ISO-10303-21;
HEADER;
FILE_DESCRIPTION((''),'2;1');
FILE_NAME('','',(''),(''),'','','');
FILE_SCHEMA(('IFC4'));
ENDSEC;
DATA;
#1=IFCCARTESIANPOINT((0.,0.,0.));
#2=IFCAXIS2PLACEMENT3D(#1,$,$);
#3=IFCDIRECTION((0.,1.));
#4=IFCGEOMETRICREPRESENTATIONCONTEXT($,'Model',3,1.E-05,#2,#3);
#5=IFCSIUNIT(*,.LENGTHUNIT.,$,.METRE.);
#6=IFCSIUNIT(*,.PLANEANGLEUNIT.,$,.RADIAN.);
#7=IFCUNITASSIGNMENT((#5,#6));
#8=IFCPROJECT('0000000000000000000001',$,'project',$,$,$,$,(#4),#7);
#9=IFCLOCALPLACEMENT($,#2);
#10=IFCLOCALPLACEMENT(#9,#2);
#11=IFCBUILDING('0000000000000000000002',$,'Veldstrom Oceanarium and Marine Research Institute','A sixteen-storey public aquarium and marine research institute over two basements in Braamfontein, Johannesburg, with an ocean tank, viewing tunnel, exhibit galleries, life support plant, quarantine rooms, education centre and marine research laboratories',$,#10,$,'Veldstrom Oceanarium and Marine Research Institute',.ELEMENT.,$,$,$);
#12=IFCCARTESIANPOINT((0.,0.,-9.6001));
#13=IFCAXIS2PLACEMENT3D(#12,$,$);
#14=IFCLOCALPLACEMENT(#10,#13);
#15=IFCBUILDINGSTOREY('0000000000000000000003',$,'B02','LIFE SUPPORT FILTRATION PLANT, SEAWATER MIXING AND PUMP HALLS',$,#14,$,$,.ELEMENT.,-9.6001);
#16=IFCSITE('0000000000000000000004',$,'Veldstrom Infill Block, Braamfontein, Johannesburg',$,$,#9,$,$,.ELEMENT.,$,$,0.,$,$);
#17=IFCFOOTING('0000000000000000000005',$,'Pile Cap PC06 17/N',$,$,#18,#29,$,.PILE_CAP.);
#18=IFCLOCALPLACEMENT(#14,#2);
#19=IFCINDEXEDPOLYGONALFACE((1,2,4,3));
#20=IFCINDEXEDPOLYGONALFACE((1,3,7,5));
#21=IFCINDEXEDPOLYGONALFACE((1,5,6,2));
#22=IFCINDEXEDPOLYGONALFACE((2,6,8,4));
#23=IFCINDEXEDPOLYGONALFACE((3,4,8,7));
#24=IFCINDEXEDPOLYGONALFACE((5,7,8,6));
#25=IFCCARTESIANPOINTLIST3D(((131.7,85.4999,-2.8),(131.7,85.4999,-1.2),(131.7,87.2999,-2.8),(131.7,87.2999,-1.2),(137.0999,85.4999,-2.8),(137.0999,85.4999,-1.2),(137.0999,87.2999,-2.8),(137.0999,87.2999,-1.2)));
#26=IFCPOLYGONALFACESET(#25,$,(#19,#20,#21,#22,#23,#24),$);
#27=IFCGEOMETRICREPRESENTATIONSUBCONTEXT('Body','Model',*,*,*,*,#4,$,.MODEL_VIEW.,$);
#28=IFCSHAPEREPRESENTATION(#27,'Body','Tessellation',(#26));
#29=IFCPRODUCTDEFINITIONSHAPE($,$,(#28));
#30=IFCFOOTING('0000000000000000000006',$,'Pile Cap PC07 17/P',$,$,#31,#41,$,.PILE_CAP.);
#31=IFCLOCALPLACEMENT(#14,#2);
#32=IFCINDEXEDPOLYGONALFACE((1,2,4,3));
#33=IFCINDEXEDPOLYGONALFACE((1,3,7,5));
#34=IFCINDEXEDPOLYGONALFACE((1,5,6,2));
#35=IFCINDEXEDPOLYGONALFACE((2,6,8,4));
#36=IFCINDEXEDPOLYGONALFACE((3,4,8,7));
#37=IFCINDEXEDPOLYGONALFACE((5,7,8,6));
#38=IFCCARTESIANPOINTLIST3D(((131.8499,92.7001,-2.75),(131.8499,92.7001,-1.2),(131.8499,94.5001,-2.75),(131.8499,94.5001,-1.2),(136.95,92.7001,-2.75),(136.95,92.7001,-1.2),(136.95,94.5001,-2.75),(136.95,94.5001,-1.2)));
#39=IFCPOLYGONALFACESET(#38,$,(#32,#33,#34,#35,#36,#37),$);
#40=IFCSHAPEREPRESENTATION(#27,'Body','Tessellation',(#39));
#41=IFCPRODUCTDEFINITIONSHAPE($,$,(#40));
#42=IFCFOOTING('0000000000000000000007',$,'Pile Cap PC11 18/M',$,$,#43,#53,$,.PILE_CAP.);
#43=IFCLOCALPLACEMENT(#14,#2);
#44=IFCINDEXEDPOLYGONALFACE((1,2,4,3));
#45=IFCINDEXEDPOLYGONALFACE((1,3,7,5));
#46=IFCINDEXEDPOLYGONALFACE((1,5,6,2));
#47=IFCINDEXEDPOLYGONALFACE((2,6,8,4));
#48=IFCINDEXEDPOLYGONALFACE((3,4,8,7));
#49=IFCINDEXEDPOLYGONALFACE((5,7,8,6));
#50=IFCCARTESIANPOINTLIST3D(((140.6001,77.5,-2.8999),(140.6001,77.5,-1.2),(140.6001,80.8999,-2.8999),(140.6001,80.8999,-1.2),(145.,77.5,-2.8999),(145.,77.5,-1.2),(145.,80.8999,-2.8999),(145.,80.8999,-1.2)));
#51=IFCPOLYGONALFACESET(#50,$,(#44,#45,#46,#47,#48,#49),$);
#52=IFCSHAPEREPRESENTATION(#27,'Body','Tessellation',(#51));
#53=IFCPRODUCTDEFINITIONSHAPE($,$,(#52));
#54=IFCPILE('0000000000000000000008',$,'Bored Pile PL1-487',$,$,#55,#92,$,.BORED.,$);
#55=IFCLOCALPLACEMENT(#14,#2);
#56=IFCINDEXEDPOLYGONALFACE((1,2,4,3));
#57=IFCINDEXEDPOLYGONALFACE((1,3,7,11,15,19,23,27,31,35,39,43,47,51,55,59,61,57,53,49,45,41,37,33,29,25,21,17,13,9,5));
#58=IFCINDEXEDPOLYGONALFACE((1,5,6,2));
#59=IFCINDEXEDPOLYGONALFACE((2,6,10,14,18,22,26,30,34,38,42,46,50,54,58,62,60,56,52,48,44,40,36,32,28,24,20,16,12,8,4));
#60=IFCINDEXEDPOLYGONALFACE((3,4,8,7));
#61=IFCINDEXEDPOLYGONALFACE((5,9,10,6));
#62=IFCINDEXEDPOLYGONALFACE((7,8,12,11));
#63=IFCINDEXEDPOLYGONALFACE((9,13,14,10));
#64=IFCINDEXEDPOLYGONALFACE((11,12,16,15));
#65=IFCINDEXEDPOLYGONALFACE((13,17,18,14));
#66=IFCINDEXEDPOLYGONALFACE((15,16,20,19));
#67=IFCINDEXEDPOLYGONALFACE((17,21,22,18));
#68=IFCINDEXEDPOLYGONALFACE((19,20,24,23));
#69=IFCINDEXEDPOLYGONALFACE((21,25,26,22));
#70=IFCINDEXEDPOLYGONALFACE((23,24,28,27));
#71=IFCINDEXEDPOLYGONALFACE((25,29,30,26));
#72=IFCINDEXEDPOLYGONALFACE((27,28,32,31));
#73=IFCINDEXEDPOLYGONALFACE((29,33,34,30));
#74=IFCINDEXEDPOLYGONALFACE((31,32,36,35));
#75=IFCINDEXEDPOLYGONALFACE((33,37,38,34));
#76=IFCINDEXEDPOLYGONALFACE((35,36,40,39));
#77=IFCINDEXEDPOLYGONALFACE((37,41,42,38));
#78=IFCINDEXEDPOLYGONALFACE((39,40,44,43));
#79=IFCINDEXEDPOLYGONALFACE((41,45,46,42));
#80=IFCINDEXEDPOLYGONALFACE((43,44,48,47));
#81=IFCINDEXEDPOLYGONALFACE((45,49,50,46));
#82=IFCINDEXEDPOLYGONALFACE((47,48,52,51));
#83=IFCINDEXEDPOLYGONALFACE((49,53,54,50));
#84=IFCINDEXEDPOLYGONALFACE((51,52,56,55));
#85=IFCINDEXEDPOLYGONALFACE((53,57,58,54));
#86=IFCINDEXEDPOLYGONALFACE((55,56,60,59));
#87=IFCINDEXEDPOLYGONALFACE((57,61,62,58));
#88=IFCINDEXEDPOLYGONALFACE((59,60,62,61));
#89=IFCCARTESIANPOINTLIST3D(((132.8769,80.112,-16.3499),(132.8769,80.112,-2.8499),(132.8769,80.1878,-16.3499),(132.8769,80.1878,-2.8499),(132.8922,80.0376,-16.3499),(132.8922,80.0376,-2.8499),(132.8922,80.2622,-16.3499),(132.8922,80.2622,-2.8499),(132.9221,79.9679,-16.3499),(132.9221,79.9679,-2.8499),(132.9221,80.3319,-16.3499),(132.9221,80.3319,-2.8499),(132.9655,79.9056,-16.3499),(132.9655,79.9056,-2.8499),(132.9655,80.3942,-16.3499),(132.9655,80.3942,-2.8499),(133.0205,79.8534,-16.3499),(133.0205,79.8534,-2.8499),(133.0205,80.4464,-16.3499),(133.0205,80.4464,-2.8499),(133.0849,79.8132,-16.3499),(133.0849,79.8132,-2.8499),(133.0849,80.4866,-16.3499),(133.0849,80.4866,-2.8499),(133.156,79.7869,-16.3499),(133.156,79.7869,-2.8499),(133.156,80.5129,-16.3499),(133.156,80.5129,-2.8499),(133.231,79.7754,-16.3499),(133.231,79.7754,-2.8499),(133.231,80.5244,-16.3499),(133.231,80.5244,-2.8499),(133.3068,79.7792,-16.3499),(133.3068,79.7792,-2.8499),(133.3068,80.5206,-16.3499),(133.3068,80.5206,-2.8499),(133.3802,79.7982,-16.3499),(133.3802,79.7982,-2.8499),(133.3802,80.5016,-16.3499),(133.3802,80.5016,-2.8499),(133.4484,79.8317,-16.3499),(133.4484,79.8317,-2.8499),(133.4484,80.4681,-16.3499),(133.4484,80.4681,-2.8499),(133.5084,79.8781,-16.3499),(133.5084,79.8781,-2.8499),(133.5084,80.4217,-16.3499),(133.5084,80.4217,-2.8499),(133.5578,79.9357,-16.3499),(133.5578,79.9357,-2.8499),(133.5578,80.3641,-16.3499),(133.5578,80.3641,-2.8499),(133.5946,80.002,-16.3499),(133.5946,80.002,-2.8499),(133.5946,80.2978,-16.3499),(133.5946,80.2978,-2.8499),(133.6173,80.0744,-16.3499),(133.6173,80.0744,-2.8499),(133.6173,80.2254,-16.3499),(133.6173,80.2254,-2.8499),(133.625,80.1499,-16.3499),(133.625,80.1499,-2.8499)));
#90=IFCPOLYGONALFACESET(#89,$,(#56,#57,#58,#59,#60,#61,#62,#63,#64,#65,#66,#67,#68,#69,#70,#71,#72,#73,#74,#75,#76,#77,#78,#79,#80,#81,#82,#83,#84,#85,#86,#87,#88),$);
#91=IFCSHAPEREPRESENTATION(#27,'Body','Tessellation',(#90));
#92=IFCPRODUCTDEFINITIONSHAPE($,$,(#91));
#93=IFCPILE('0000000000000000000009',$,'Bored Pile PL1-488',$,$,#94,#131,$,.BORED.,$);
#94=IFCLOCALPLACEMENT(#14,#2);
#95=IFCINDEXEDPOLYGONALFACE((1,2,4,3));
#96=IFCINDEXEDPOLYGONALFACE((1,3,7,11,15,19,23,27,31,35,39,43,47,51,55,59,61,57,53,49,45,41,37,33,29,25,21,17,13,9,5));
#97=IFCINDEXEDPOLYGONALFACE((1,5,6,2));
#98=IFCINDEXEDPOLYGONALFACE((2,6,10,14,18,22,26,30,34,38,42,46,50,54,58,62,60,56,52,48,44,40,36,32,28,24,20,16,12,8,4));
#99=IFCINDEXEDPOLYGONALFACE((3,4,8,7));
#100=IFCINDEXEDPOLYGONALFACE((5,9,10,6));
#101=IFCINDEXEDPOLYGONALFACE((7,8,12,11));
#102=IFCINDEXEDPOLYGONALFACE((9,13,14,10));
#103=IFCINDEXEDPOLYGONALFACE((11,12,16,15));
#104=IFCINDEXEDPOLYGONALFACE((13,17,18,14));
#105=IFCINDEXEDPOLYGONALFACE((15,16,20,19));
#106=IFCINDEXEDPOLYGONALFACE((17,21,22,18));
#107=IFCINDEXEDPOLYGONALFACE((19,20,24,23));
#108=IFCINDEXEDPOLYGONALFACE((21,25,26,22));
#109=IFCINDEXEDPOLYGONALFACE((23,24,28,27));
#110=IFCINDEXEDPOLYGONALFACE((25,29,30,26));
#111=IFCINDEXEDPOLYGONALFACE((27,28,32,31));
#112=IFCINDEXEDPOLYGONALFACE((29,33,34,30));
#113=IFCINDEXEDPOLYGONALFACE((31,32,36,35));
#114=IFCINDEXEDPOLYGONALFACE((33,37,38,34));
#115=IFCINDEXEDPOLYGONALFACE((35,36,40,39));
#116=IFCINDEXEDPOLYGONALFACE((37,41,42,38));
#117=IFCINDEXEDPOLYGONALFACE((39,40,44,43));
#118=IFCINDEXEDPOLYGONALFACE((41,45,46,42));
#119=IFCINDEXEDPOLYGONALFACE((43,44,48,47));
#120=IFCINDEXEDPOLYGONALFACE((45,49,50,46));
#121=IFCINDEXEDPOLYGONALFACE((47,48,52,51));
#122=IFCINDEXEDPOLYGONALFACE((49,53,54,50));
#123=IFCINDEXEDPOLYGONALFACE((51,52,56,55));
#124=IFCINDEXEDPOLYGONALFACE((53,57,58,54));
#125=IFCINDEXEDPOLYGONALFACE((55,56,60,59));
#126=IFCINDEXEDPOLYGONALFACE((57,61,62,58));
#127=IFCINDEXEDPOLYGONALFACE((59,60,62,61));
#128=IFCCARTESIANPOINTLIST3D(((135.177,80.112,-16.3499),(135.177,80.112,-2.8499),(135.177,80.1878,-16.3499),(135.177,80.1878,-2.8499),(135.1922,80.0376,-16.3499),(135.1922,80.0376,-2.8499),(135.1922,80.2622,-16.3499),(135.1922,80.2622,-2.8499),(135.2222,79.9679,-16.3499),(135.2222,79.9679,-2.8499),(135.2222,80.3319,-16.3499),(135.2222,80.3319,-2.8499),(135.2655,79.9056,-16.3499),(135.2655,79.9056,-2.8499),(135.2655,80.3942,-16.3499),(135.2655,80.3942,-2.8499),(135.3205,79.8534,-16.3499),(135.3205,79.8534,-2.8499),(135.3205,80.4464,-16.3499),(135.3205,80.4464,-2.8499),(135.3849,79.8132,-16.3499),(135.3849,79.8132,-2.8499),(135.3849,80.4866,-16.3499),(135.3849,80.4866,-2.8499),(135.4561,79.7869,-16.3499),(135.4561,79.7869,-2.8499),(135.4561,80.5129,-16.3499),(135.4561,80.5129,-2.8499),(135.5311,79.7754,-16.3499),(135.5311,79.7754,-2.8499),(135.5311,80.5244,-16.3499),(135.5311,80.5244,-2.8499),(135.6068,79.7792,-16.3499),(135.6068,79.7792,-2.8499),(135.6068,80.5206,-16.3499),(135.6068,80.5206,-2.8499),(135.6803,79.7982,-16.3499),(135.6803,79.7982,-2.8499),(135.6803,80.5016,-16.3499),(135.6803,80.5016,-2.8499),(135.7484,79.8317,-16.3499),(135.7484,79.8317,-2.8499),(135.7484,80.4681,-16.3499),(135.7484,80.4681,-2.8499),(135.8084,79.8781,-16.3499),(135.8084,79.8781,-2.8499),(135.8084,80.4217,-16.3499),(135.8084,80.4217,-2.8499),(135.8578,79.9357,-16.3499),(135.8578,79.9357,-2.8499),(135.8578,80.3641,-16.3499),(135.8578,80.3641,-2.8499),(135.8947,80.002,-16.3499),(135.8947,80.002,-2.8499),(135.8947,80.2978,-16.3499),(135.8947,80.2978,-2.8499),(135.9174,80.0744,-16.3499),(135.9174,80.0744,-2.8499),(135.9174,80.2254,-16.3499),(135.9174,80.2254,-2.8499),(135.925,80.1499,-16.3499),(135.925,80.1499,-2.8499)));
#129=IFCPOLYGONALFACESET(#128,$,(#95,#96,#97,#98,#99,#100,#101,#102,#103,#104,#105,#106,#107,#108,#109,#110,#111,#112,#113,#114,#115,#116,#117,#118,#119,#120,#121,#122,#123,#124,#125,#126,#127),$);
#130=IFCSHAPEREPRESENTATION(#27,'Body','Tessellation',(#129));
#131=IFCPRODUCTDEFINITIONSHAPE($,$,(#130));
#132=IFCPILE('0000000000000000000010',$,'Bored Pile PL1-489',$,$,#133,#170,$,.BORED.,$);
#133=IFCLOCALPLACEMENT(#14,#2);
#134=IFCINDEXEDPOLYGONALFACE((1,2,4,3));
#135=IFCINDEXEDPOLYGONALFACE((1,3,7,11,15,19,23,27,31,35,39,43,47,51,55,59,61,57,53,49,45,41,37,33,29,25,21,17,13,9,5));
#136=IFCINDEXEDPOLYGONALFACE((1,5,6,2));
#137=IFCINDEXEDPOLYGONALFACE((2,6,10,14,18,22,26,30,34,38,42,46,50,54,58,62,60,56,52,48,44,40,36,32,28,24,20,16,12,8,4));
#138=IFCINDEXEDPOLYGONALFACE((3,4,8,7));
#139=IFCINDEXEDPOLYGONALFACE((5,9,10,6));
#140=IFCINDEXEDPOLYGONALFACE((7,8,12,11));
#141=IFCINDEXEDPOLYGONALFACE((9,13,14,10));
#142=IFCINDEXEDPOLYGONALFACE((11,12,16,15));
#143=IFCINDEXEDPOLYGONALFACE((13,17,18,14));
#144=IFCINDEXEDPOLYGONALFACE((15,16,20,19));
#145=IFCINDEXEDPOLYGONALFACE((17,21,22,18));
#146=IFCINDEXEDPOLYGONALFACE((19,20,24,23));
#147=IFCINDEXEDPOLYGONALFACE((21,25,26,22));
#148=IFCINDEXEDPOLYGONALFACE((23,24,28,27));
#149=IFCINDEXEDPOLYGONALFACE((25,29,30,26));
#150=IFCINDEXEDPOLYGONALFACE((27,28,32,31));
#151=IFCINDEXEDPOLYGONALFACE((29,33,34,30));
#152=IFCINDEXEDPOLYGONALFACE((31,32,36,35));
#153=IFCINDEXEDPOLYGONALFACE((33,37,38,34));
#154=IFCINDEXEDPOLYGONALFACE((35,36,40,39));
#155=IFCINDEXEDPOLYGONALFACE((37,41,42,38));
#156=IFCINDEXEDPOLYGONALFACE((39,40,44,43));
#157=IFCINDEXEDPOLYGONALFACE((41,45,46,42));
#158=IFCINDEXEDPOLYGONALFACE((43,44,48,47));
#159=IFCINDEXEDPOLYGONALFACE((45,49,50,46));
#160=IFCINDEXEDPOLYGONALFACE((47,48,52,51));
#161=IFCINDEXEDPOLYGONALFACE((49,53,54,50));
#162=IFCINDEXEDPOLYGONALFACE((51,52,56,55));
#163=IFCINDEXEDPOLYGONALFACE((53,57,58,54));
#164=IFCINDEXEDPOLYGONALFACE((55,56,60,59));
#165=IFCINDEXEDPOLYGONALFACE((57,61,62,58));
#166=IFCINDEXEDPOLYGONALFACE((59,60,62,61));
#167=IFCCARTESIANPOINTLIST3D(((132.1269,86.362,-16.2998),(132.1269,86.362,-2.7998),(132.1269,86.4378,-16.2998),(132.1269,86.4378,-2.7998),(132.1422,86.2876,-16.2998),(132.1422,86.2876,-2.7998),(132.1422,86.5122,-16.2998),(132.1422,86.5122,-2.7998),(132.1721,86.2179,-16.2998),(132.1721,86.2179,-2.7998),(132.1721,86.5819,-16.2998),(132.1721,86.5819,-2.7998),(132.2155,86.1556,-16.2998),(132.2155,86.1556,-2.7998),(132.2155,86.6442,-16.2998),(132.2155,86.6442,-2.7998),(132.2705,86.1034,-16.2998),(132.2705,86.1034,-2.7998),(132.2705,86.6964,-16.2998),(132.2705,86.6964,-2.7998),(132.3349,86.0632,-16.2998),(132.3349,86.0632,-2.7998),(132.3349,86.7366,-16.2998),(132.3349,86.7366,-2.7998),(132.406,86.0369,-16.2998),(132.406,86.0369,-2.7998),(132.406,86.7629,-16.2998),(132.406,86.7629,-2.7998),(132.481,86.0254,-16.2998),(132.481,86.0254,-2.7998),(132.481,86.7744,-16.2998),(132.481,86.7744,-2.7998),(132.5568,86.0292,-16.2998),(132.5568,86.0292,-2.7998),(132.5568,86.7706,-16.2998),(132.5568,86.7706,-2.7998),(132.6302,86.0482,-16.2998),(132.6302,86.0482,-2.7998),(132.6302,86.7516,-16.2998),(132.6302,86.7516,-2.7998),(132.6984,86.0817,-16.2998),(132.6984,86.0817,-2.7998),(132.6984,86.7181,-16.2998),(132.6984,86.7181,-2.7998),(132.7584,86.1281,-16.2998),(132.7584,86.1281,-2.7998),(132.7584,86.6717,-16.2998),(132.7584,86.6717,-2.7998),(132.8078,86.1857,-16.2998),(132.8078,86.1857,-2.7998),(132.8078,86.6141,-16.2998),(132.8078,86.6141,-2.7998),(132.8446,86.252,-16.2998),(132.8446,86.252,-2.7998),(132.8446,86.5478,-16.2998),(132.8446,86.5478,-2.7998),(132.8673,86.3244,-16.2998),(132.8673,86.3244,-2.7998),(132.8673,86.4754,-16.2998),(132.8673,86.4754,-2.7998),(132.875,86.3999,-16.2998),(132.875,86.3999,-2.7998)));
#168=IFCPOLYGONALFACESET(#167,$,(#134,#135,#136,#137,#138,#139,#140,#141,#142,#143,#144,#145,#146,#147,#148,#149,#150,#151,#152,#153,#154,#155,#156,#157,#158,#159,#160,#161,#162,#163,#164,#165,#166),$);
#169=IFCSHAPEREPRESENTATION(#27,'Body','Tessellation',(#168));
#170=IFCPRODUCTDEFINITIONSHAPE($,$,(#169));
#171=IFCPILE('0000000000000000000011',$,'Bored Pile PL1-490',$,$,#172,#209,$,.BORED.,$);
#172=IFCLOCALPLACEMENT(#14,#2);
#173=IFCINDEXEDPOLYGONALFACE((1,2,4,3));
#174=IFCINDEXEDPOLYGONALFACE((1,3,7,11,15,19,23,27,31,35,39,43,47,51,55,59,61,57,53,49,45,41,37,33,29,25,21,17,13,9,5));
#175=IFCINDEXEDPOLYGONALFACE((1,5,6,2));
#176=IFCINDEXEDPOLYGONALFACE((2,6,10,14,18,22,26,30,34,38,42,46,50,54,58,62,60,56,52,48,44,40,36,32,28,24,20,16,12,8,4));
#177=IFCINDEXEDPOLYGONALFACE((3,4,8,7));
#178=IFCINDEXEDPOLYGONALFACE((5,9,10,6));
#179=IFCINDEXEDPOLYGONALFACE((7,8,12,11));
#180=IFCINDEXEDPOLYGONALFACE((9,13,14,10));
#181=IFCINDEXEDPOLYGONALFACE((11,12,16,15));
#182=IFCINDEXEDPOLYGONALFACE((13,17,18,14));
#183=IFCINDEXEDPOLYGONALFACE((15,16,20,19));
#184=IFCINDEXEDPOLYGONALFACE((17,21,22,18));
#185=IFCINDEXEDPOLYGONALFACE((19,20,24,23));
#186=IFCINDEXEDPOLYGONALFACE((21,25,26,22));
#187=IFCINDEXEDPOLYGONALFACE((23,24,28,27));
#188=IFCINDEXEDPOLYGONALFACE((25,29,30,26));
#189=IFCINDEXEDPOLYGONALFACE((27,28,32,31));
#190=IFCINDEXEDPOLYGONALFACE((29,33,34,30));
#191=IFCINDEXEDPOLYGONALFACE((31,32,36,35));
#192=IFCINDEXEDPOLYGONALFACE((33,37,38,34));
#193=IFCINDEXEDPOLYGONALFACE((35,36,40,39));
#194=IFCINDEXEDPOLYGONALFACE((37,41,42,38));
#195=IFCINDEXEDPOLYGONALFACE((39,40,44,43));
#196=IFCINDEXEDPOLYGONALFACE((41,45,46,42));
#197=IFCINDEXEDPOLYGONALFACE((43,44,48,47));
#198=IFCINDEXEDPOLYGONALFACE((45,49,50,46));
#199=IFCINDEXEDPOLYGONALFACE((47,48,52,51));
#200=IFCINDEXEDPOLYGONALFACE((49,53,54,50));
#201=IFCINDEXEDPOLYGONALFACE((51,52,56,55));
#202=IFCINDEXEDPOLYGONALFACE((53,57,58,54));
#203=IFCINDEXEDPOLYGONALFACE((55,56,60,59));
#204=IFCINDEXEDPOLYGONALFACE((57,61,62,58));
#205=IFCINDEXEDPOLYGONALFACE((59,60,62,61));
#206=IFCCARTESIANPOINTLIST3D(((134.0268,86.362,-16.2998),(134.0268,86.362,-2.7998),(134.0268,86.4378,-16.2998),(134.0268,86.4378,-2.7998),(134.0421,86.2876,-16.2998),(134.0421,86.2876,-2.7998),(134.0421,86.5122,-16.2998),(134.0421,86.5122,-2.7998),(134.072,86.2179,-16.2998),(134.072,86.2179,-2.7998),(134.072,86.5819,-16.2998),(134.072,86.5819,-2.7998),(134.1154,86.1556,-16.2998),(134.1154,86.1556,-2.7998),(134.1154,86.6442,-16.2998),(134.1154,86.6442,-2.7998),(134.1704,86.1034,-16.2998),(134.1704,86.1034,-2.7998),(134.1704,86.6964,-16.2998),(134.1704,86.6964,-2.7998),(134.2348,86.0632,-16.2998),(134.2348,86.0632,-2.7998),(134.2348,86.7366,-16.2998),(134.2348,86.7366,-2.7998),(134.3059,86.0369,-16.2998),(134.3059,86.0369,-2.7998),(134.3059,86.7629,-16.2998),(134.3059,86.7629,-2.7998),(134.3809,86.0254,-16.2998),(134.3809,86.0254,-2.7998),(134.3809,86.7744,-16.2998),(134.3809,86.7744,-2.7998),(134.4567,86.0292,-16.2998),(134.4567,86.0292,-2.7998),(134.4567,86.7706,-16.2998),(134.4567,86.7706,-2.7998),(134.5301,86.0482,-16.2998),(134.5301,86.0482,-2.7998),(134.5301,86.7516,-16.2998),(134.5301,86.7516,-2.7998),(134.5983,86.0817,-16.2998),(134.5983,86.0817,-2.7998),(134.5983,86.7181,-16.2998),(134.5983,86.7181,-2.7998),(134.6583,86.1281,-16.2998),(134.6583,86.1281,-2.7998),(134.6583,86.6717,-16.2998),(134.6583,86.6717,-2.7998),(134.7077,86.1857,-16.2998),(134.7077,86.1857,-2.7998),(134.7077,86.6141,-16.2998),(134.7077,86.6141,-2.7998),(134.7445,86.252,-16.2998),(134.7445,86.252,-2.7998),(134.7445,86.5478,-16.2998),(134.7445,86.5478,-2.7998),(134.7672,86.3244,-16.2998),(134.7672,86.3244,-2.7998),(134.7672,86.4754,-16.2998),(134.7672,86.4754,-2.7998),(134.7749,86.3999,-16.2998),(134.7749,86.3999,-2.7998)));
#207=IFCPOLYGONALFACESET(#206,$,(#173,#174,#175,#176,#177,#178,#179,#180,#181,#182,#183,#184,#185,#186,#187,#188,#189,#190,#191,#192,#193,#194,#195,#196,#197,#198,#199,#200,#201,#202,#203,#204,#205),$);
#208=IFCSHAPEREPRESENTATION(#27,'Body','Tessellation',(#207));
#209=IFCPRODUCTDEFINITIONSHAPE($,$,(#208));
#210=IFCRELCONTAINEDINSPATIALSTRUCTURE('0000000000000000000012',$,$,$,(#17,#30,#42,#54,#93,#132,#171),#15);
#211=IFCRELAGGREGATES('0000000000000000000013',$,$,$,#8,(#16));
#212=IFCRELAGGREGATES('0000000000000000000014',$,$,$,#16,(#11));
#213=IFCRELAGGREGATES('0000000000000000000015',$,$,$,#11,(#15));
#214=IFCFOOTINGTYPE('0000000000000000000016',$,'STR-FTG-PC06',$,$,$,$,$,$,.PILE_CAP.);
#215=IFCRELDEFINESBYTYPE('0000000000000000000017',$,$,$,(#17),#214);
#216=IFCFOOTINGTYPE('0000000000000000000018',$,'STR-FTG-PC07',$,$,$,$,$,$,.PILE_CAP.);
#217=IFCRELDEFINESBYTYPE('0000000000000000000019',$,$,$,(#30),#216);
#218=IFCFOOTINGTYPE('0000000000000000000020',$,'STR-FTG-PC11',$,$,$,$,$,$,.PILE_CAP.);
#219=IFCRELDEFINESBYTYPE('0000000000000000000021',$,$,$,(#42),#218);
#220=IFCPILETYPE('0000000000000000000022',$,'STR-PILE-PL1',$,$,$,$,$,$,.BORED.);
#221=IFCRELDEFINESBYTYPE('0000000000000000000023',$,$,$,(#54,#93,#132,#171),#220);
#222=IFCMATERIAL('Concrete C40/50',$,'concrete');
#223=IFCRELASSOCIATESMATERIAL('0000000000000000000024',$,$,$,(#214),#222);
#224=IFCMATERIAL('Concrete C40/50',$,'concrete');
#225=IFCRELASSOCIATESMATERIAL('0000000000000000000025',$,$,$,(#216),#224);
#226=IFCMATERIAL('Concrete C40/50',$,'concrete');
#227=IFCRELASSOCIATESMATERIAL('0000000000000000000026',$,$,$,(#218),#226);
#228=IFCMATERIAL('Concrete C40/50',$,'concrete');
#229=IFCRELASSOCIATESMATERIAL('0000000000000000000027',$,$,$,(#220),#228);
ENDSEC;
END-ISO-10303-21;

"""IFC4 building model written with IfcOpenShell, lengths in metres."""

from ifc_helpers import new_model, si_unit, direction, frame, origin, origin_2d, place, context, subcontext, project, spatial, rectangle, circle, extrude, material, material_profile, profile_set, type_object, element, save


model = new_model("IFC4")

# Units and contexts
model_context = context("Model", 3, precision=1e-05, world=origin(), true_north=direction((0.0, 1.0)))
body_context = subcontext(model_context, "Body", "Model", "MODEL_VIEW")
ifc_project = project(units=[si_unit("LENGTHUNIT", "METRE"), si_unit("PLANEANGLEUNIT", "RADIAN")], contexts=[model_context])

# Site, building, storey
site_placement = place(None, origin())
site = spatial("IfcSite", under=ifc_project, at=site_placement, Name="Veldstrom Infill Block, Braamfontein, Johannesburg", CompositionType="ELEMENT", RefElevation=0.0)
building_placement = place(site_placement, origin())
building = spatial("IfcBuilding", under=site, at=building_placement, Name="Veldstrom Oceanarium and Marine Research Institute", Description="A sixteen-storey public aquarium and marine research institute over two basements in Braamfontein, Johannesburg, with an ocean tank, viewing tunnel, exhibit galleries, life support plant, quarantine rooms, education centre and marine research laboratories", LongName="Veldstrom Oceanarium and Marine Research Institute", CompositionType="ELEMENT")
storey_placement = place(building_placement, frame((0.0, 0.0, -9.6001)))
storey = spatial("IfcBuildingStorey", under=building, at=storey_placement, Name="B02", Description="LIFE SUPPORT FILTRATION PLANT, SEAWATER MIXING AND PUMP HALLS", CompositionType="ELEMENT", Elevation=-9.6001)

# Footings
ifc_material_1 = material(Name="Concrete C40/50", Category="concrete")
footing_type_1 = type_object("IfcFootingType", Name="STR-FTG-PC06", PredefinedType="PILE_CAP", material=ifc_material_1)
footing_1_placement = place(storey_placement, frame((134.3999, 86.3999, -2.8), z_axis=(0.0, 0.0, 1.0), x_axis=(1.0, 0.0, 0.0)))
element("IfcFooting", 1, at=footing_1_placement, inside=storey, type_object=footing_type_1, Name="Pile Cap PC06 17/N", PredefinedType="PILE_CAP", context=body_context, shape_type="SweptSolid", body=[
    extrude(rectangle(XDim=5.3999, YDim=1.8, at=origin_2d()), origin(), (0.0, 0.0, 1.0), 1.6001),
])
ifc_material_2 = material(Name="Concrete C40/50", Category="concrete")
footing_type_2 = type_object("IfcFootingType", Name="STR-FTG-PC07", PredefinedType="PILE_CAP", material=ifc_material_2)
footing_2_placement = place(storey_placement, frame((134.3999, 93.6001, -2.75), z_axis=(0.0, 0.0, 1.0), x_axis=(1.0, 0.0, 0.0)))
element("IfcFooting", 2, at=footing_2_placement, inside=storey, type_object=footing_type_2, Name="Pile Cap PC07 17/P", PredefinedType="PILE_CAP", context=body_context, shape_type="SweptSolid", body=[
    extrude(rectangle(XDim=5.1001, YDim=1.8, at=origin_2d()), origin(), (0.0, 0.0, 1.0), 1.55),
])
ifc_material_3 = material(Name="Concrete C40/50", Category="concrete")
footing_type_3 = type_object("IfcFootingType", Name="STR-FTG-PC11", PredefinedType="PILE_CAP", material=ifc_material_3)
footing_3_placement = place(storey_placement, frame((142.8, 79.2, -2.8999), z_axis=(0.0, 0.0, 1.0), x_axis=(1.0, 0.0, 0.0)))
element("IfcFooting", 3, at=footing_3_placement, inside=storey, type_object=footing_type_3, Name="Pile Cap PC11 18/M", PredefinedType="PILE_CAP", context=body_context, shape_type="SweptSolid", body=[
    extrude(rectangle(XDim=4.3999, YDim=3.3999, at=origin_2d()), origin(), (0.0, 0.0, 1.0), 1.7),
])

# Piles
ifc_material_4 = material(Name="Concrete C40/50", Category="concrete")
ifc_material_profile_1 = material_profile(ifc_material_4, circle(Radius=0.375, at=origin_2d()), Name="PILE-D750")
ifc_profile_set_1 = profile_set([ifc_material_profile_1], Name="Concrete C40/50")
pile_type = type_object("IfcPileType", Name="STR-PILE-PL1", PredefinedType="BORED", material=ifc_profile_set_1)
for number, where, z_axis, x_axis, name in (
    (4, (133.25, 80.1499, -2.8499), (0.0, 0.0, -1.0), (1.0, 0.0, 0.0), "Bored Pile PL1-487"),
    (5, (135.55, 80.1499, -2.8499), (0.0, 0.0, -1.0), (1.0, 0.0, 0.0), "Bored Pile PL1-488"),
    (6, (132.5, 86.3999, -2.7998), (0.0, 0.0, -1.0), (1.0, 0.0, 0.0), "Bored Pile PL1-489"),
    (7, (134.3999, 86.3999, -2.7998), (0.0, 0.0, -1.0), (1.0, 0.0, 0.0), "Bored Pile PL1-490"),
):
    element("IfcPile", number, at=place(storey_placement, frame(where, z_axis=z_axis, x_axis=x_axis)), inside=storey, type_object=pile_type, Name=name, PredefinedType="BORED", context=body_context, shape_type="SweptSolid", body=[
        extrude(circle(Radius=0.375, at=origin_2d()), origin(), (0.0, 0.0, 1.0), 13.5),
    ])

save(model, "model.ifc")
